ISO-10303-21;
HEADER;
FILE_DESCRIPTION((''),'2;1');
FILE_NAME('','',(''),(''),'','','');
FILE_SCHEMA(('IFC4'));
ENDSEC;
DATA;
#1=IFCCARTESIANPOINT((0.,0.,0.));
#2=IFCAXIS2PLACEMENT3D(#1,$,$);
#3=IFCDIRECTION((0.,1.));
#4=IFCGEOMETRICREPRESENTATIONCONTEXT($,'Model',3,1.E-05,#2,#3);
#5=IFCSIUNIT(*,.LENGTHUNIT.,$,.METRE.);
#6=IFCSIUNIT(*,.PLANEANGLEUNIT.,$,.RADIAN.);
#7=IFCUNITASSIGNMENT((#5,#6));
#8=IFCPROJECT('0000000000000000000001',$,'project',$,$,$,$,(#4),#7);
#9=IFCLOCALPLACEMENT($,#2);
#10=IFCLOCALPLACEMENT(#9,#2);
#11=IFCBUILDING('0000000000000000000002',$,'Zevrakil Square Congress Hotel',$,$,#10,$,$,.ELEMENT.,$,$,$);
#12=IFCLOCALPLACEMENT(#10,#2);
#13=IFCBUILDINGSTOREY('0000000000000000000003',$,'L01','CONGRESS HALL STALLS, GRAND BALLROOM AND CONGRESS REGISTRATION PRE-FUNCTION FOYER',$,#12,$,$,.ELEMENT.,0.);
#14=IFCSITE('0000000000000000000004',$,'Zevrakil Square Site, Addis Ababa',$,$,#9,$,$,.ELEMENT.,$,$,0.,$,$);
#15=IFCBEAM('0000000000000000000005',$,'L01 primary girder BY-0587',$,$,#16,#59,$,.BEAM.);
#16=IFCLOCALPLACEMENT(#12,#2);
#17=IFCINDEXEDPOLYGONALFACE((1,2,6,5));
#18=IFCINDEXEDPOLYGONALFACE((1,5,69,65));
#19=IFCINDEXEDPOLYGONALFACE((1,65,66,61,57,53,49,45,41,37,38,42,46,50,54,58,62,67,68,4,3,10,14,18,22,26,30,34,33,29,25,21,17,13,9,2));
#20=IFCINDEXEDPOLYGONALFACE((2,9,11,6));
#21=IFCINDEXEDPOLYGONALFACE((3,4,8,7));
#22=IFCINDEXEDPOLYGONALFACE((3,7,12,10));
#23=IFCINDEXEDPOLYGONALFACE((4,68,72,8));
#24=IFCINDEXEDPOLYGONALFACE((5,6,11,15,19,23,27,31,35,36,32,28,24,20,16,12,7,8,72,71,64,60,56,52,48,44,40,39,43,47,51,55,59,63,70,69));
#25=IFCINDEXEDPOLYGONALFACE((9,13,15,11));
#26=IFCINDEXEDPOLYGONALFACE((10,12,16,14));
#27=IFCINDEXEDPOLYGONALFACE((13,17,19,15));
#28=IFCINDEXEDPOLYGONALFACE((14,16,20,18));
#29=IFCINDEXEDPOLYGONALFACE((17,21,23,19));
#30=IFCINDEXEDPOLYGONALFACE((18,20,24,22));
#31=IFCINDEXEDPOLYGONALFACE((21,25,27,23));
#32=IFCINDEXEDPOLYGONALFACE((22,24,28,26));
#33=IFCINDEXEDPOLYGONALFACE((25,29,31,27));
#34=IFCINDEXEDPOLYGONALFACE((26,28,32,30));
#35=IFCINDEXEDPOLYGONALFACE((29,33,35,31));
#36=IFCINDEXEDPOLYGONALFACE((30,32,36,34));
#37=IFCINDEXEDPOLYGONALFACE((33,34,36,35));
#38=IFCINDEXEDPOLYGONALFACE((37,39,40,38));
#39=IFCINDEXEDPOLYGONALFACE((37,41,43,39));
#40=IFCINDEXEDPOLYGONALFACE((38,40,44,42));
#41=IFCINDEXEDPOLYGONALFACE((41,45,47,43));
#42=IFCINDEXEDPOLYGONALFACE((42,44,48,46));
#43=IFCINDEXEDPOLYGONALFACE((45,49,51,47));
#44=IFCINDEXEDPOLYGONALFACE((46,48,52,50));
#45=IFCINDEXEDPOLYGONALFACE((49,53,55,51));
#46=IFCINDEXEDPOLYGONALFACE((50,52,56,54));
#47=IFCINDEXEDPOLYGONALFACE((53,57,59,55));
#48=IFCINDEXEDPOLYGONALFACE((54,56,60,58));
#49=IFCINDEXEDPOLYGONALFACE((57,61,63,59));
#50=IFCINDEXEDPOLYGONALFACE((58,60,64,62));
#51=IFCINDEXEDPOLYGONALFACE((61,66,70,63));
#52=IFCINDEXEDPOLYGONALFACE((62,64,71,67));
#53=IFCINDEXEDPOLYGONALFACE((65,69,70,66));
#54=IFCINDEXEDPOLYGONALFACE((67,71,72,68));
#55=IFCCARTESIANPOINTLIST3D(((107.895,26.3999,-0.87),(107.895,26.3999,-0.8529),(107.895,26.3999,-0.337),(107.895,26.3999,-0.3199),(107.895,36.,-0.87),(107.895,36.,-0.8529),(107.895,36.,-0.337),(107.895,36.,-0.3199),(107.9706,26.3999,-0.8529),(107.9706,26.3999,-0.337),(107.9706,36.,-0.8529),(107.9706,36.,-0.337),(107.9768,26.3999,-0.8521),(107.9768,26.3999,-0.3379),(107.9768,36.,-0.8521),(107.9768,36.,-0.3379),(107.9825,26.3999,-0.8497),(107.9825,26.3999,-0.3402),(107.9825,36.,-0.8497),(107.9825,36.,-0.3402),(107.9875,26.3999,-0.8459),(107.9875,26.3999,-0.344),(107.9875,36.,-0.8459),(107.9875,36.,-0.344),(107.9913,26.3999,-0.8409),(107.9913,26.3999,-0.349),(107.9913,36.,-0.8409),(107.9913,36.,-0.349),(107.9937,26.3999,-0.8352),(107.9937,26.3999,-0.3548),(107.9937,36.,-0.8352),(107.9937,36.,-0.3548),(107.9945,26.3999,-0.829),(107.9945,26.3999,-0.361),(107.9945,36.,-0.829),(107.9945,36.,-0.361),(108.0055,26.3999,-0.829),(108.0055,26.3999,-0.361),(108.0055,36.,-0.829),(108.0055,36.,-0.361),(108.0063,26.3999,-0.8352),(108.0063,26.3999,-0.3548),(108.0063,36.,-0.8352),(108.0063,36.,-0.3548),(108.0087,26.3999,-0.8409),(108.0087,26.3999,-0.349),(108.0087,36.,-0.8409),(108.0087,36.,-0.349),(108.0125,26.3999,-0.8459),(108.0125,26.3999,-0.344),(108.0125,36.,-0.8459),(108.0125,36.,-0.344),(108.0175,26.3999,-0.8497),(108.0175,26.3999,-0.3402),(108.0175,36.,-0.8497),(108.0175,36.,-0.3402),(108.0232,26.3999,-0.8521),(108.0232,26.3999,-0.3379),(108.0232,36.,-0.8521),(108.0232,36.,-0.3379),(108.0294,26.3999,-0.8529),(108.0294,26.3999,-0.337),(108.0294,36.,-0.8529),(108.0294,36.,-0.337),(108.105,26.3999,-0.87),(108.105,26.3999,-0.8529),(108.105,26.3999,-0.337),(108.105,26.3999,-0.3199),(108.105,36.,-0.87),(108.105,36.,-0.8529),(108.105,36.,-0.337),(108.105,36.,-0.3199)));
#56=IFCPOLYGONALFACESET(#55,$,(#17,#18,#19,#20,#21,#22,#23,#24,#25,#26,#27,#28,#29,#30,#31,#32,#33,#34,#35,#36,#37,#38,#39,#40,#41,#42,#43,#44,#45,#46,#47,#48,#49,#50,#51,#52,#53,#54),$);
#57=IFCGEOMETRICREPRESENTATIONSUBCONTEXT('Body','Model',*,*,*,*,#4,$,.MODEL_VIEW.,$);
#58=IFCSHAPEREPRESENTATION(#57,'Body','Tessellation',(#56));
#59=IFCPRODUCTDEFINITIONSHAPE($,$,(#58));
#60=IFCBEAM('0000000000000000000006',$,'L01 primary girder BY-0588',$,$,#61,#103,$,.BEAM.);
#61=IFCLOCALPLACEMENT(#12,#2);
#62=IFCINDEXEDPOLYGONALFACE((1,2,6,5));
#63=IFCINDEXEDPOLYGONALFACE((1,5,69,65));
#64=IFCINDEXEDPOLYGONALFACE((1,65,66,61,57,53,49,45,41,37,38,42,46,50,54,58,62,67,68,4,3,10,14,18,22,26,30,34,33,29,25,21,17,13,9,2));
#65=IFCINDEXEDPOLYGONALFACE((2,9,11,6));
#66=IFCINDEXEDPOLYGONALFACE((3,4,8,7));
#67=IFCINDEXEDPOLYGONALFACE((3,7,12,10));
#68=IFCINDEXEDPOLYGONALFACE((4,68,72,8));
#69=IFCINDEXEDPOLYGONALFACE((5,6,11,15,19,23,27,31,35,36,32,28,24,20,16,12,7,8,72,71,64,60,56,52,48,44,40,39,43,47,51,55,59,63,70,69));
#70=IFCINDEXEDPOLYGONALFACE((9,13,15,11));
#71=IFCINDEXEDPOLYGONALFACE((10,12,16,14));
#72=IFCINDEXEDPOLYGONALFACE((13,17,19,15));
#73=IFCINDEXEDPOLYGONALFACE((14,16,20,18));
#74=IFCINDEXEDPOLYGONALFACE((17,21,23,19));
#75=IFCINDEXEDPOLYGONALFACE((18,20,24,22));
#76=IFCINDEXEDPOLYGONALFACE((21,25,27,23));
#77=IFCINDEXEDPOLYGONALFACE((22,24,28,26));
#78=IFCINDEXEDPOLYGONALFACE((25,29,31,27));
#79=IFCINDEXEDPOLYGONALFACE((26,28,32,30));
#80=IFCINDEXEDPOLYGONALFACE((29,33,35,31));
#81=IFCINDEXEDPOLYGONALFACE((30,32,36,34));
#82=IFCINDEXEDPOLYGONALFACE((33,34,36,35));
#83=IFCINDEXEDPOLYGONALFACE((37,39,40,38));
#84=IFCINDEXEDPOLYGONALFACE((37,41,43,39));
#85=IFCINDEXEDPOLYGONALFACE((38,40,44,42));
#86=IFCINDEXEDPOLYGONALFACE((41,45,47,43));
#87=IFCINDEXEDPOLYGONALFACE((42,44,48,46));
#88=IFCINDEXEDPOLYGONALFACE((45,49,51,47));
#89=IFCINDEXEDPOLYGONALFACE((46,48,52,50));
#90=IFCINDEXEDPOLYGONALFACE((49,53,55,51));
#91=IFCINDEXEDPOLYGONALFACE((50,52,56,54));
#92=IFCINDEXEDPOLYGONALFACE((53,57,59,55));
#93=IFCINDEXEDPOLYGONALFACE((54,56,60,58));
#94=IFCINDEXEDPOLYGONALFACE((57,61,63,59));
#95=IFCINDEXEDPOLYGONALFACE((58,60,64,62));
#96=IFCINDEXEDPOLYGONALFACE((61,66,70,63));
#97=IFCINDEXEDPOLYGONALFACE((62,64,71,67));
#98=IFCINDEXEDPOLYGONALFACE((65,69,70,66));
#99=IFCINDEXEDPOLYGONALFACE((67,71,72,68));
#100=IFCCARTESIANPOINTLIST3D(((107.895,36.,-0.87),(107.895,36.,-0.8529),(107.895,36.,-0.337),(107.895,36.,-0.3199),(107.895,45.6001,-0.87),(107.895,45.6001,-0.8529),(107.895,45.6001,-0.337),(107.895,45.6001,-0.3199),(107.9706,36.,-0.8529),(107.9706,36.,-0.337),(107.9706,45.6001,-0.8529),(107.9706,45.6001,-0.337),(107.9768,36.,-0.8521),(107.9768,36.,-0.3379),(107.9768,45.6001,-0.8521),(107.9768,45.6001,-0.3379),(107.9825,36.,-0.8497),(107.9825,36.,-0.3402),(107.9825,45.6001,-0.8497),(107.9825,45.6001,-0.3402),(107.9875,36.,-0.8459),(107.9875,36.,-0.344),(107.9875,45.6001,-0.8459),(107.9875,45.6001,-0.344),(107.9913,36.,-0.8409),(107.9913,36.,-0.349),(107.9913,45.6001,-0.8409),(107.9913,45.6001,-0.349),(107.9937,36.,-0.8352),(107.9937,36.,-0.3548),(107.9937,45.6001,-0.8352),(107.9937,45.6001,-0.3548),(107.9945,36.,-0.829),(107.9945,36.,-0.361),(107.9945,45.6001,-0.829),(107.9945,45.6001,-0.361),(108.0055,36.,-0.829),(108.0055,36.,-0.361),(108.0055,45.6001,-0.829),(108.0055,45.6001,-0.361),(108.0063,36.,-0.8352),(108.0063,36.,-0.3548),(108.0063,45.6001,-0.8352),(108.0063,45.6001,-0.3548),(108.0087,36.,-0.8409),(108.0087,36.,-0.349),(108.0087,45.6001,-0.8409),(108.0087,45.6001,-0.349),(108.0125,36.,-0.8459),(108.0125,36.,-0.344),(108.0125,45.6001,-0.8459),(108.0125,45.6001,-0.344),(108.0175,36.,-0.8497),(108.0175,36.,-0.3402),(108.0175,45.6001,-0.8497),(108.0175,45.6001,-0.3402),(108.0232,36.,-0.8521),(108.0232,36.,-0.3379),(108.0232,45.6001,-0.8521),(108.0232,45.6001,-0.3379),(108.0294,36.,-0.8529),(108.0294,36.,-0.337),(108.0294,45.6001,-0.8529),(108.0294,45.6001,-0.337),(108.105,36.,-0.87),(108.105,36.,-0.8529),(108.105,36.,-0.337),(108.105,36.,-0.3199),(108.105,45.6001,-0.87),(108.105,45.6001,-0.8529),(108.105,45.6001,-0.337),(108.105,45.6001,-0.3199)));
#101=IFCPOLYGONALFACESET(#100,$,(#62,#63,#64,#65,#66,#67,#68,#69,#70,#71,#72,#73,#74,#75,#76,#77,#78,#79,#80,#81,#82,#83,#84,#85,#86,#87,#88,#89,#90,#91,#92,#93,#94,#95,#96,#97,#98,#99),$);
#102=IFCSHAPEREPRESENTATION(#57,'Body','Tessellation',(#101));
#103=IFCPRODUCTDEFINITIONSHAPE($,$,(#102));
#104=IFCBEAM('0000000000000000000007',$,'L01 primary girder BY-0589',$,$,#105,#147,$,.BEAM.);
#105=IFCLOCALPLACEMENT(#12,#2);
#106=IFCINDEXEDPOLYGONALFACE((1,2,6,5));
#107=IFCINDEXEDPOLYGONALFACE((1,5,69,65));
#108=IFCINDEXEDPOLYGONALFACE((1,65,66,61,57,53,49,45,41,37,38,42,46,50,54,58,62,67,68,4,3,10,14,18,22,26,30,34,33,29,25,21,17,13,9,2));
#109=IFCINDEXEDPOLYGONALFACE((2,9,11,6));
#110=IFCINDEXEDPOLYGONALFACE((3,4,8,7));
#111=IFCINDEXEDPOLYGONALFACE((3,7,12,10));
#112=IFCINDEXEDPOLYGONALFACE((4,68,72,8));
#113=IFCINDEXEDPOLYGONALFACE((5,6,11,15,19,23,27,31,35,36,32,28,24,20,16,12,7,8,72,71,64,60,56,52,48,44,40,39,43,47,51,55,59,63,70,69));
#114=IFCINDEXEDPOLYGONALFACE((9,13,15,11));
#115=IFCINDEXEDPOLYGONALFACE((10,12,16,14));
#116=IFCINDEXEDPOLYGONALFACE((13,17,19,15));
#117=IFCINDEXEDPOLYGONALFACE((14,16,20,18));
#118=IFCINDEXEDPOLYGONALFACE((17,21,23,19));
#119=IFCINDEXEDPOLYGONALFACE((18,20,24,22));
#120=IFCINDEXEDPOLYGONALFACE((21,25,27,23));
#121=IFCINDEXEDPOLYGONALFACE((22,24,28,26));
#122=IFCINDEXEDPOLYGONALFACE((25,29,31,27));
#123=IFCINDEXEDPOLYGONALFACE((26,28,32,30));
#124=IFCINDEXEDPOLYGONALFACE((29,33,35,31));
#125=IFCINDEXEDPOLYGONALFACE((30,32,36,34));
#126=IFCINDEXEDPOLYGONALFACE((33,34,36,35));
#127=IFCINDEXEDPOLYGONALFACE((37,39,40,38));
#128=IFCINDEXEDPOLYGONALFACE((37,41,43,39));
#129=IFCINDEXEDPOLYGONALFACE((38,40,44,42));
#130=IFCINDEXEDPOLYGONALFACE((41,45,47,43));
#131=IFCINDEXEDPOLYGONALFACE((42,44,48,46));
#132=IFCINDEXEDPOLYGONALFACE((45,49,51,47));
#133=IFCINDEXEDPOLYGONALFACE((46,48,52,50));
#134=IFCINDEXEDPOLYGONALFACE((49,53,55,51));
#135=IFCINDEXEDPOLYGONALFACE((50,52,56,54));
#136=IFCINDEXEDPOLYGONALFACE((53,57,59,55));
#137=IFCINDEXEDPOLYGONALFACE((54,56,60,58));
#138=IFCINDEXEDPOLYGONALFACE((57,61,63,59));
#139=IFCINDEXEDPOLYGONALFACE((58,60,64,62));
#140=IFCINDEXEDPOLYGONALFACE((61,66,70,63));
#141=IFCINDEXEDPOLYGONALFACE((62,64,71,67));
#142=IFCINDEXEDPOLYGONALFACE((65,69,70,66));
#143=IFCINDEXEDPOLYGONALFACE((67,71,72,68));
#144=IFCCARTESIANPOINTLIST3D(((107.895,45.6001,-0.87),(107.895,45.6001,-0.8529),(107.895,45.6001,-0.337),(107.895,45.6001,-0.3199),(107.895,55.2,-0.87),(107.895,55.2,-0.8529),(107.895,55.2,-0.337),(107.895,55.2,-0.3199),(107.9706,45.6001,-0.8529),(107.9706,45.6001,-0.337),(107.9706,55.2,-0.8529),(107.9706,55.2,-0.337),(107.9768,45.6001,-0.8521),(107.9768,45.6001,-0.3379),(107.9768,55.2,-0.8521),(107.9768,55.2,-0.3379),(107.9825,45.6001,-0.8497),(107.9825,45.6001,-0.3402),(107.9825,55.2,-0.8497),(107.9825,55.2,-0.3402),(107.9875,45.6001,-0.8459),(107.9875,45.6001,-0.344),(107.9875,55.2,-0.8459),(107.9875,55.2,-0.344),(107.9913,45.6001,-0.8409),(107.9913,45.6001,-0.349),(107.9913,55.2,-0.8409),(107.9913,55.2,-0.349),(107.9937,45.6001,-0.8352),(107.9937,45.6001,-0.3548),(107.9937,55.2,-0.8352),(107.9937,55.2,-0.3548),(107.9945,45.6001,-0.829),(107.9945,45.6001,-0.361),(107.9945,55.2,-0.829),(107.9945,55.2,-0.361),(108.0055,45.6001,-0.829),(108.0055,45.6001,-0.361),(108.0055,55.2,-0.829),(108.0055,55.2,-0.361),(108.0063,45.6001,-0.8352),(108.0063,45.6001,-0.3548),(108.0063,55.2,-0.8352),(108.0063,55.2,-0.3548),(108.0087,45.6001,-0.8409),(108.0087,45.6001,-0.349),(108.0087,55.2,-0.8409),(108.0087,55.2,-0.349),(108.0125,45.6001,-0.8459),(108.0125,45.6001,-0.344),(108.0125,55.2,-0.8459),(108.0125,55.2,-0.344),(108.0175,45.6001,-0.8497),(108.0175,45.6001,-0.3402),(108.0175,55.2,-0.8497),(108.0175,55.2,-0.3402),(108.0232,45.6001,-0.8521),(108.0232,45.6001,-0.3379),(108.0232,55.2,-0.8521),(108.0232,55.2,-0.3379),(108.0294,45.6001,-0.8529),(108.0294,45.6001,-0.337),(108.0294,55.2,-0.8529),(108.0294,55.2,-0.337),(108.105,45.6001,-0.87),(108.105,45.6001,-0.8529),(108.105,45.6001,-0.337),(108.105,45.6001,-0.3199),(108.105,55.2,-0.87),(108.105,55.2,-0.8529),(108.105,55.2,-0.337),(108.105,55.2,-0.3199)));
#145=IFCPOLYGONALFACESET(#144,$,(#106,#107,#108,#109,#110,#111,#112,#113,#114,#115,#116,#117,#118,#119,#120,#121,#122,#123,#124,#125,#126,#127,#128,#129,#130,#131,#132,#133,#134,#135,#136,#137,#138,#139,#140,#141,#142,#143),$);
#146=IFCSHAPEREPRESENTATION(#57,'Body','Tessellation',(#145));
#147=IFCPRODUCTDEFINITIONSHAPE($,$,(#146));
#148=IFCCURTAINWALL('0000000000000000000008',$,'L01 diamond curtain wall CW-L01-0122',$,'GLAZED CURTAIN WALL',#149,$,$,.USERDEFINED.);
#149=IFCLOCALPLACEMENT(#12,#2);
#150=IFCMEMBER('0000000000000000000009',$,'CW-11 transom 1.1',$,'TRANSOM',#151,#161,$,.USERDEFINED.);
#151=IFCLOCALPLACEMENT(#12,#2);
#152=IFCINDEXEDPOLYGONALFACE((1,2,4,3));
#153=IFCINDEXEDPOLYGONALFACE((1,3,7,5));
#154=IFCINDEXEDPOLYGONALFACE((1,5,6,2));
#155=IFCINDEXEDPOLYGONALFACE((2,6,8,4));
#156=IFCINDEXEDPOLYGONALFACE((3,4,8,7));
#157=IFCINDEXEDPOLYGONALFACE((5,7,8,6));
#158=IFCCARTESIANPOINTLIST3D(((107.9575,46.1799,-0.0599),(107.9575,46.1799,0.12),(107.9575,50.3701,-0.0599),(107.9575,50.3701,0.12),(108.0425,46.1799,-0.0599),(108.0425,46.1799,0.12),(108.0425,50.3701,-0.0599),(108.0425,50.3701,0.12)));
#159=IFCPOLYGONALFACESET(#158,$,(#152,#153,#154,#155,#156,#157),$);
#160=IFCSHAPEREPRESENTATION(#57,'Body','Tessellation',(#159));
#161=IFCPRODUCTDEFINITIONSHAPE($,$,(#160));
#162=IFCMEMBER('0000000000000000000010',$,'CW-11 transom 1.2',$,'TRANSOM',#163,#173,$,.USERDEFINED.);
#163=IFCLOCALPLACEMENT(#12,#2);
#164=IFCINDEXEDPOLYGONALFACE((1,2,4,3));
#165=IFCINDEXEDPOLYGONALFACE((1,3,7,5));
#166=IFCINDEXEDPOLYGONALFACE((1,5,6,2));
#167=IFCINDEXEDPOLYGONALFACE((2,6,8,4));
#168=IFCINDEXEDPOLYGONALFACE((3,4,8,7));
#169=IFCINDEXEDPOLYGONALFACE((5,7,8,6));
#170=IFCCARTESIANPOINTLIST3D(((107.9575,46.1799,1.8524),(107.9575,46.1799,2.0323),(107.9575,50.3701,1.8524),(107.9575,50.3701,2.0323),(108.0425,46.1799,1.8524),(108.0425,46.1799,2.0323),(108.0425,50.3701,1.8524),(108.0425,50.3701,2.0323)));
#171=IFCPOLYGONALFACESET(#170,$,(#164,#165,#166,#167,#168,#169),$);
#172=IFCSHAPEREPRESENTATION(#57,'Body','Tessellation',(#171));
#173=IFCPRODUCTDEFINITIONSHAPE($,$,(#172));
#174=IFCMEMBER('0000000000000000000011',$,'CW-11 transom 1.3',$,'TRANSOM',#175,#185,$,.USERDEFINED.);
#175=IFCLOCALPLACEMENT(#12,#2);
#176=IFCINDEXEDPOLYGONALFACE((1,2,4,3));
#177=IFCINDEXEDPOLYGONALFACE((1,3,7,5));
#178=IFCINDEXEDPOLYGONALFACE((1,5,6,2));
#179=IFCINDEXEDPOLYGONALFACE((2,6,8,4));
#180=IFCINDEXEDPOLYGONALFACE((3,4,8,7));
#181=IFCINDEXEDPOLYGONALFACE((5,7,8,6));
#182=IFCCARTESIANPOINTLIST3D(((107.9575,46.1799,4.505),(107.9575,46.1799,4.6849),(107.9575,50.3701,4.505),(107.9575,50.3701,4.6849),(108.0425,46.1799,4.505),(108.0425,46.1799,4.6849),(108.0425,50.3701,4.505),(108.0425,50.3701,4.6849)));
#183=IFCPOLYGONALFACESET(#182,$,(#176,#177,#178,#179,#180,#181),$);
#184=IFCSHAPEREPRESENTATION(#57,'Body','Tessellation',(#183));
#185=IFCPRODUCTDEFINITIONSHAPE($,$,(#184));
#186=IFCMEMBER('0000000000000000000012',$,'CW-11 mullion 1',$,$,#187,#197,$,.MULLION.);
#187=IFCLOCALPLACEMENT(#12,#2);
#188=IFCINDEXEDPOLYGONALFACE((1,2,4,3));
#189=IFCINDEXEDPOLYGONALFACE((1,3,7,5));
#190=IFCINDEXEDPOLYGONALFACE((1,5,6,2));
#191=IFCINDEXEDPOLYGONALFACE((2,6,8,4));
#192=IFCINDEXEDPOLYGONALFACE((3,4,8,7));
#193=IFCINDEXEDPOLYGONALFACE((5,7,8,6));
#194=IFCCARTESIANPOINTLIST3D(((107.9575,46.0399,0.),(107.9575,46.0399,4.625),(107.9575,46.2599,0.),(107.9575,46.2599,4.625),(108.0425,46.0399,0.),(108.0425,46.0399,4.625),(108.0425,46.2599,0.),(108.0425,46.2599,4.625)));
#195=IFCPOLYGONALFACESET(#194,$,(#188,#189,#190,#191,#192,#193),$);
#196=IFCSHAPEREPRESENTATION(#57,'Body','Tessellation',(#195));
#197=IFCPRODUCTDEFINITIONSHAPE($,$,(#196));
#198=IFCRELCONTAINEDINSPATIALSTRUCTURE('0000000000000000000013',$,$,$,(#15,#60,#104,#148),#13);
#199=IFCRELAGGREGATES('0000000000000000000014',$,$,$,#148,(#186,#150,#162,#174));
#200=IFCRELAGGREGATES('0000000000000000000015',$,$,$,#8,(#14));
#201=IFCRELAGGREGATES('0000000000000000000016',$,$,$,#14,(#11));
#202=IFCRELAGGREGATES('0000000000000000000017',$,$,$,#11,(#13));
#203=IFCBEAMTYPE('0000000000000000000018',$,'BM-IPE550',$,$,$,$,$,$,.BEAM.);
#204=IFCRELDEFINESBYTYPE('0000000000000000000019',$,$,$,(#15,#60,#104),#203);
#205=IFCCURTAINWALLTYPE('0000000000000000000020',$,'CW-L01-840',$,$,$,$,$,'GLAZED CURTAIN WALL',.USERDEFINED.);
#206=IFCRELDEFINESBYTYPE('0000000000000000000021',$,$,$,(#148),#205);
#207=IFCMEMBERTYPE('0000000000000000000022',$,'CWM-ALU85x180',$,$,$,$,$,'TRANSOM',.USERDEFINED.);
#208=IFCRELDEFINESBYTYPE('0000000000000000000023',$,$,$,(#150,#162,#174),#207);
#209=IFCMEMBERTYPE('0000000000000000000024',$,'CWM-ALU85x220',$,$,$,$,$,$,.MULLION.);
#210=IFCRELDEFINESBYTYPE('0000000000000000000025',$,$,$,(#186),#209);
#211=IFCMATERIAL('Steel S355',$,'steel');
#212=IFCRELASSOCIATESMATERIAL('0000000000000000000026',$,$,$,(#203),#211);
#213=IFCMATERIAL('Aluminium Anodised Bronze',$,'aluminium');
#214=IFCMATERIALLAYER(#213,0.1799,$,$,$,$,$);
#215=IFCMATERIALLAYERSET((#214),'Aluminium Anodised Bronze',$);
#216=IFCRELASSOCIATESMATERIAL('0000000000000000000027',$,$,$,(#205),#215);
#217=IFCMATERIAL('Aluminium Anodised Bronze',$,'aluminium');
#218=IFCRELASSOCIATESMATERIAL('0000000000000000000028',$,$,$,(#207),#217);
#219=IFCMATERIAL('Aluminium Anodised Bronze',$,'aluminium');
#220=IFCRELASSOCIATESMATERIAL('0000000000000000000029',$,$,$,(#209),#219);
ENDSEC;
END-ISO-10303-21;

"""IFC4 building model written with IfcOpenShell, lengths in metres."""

from ifc_helpers import new_model, si_unit, direction, frame, origin, origin_2d, place, context, subcontext, project, spatial, rectangle, i_section, extrude, material, layer, layer_set, material_profile, profile_set, type_object, element, aggregate, save


model = new_model("IFC4")

# Units and contexts
model_context = context("Model", 3, precision=1e-05, world=origin(), true_north=direction((0.0, 1.0)))
body_context = subcontext(model_context, "Body", "Model", "MODEL_VIEW")
ifc_project = project(units=[si_unit("LENGTHUNIT", "METRE"), si_unit("PLANEANGLEUNIT", "RADIAN")], contexts=[model_context])

# Site, building, storey
site_placement = place(None, origin())
site = spatial("IfcSite", under=ifc_project, at=site_placement, Name="Zevrakil Square Site, Addis Ababa", CompositionType="ELEMENT", RefElevation=0.0)
building_placement = place(site_placement, origin())
building = spatial("IfcBuilding", under=site, at=building_placement, Name="Zevrakil Square Congress Hotel", CompositionType="ELEMENT")
storey_placement = place(building_placement, origin())
storey = spatial("IfcBuildingStorey", under=building, at=storey_placement, Name="L01", Description="CONGRESS HALL STALLS, GRAND BALLROOM AND CONGRESS REGISTRATION PRE-FUNCTION FOYER", CompositionType="ELEMENT", Elevation=0.0)

# Beams
ifc_material_1 = material(Name="Steel S355", Category="steel")
ifc_material_profile_1 = material_profile(ifc_material_1, i_section(OverallWidth=0.21, OverallDepth=0.55, WebThickness=0.011, FlangeThickness=0.0171, FilletRadius=0.0239, at=origin_2d()), Name="IPE 550")
ifc_profile_set_1 = profile_set([ifc_material_profile_1], Name="Steel S355")
beam_type_1 = type_object("IfcBeamType", Name="BM-IPE550", PredefinedType="BEAM", material=ifc_profile_set_1)
for number, where, z_axis, x_axis, name in (
    (1, (108.0, 26.3999, -0.595), (0.0, 1.0, 0.0), (-1.0, 0.0, 0.0), "L01 primary girder BY-0587"),
    (2, (108.0, 36.0, -0.595), (0.0, 1.0, 0.0), (-1.0, 0.0, 0.0), "L01 primary girder BY-0588"),
):
    element("IfcBeam", number, at=place(storey_placement, frame(where, z_axis=z_axis, x_axis=x_axis)), inside=storey, type_object=beam_type_1, Name=name, PredefinedType="BEAM", context=body_context, shape_type="SweptSolid", body=[
        extrude(i_section(OverallWidth=0.21, OverallDepth=0.55, WebThickness=0.011, FlangeThickness=0.0171, FilletRadius=0.0239, at=origin_2d()), origin(), (0.0, 0.0, 1.0), 9.6001),
    ])
beam_1_placement = place(storey_placement, frame((108.0, 45.6001, -0.595), z_axis=(0.0, 1.0, 0.0), x_axis=(-1.0, 0.0, 0.0)))
element("IfcBeam", 3, at=beam_1_placement, inside=storey, type_object=beam_type_1, Name="L01 primary girder BY-0589", PredefinedType="BEAM", context=body_context, shape_type="SweptSolid", body=[
    extrude(i_section(OverallWidth=0.21, OverallDepth=0.55, WebThickness=0.011, FlangeThickness=0.0171, FilletRadius=0.0239, at=origin_2d()), origin(), (0.0, 0.0, 1.0), 9.5999),
])

# Curtain wall, members
ifc_material_2 = material(Name="Aluminium Anodised Bronze", Category="aluminium")
ifc_layer_1 = layer(ifc_material_2, 0.1799)
ifc_layer_set_1 = layer_set([ifc_layer_1], Name="Aluminium Anodised Bronze")
curtain_wall_type = type_object("IfcCurtainWallType", Name="CW-L01-840", ElementType="GLAZED CURTAIN WALL", PredefinedType="USERDEFINED", material=ifc_layer_set_1)
curtain_wall_placement = place(storey_placement, origin())
curtain_wall = element("IfcCurtainWall", 4, at=curtain_wall_placement, inside=storey, type_object=curtain_wall_type, Name="L01 diamond curtain wall CW-L01-0122", ObjectType="GLAZED CURTAIN WALL", PredefinedType="USERDEFINED")
ifc_material_3 = material(Name="Aluminium Anodised Bronze", Category="aluminium")
ifc_material_profile_2 = material_profile(ifc_material_3, rectangle(XDim=0.085, YDim=0.1799, at=origin_2d()), Name="ALU 85x180")
ifc_profile_set_2 = profile_set([ifc_material_profile_2], Name="Aluminium Anodised Bronze")
member_type_1 = type_object("IfcMemberType", Name="CWM-ALU85x180", ElementType="TRANSOM", PredefinedType="USERDEFINED", material=ifc_profile_set_2)
member_1_placement = place(storey_placement, frame((108.0, 46.1799, 0.03), z_axis=(0.0, 1.0, 0.0), x_axis=(-1.0, 0.0, 0.0)))
member_1 = element("IfcMember", 5, at=member_1_placement, type_object=member_type_1, Name="CW-11 transom 1.1", ObjectType="TRANSOM", PredefinedType="USERDEFINED", context=body_context, shape_type="SweptSolid", body=[
    extrude(rectangle(XDim=0.085, YDim=0.1799, at=origin_2d()), origin(), (0.0, 0.0, 1.0), 4.1902),
])
member_2_placement = place(storey_placement, frame((108.0, 46.1799, 1.9424), z_axis=(0.0, 1.0, 0.0), x_axis=(-1.0, 0.0, 0.0)))
member_2 = element("IfcMember", 6, at=member_2_placement, type_object=member_type_1, Name="CW-11 transom 1.2", ObjectType="TRANSOM", PredefinedType="USERDEFINED", context=body_context, shape_type="SweptSolid", body=[
    extrude(rectangle(XDim=0.085, YDim=0.1799, at=origin_2d()), origin(), (0.0, 0.0, 1.0), 4.1902),
])
member_3_placement = place(storey_placement, frame((108.0, 46.1799, 4.595), z_axis=(0.0, 1.0, 0.0), x_axis=(-1.0, 0.0, 0.0)))
member_3 = element("IfcMember", 7, at=member_3_placement, type_object=member_type_1, Name="CW-11 transom 1.3", ObjectType="TRANSOM", PredefinedType="USERDEFINED", context=body_context, shape_type="SweptSolid", body=[
    extrude(rectangle(XDim=0.085, YDim=0.1799, at=origin_2d()), origin(), (0.0, 0.0, 1.0), 4.1902),
])
ifc_material_4 = material(Name="Aluminium Anodised Bronze", Category="aluminium")
ifc_material_profile_3 = material_profile(ifc_material_4, rectangle(XDim=0.085, YDim=0.22, at=origin_2d()), Name="ALU 85x220")
ifc_profile_set_3 = profile_set([ifc_material_profile_3], Name="Aluminium Anodised Bronze")
member_type_2 = type_object("IfcMemberType", Name="CWM-ALU85x220", PredefinedType="MULLION", material=ifc_profile_set_3)
member_4_placement = place(storey_placement, frame((108.0, 46.1499, 0.0), z_axis=(0.0, 0.0, 1.0), x_axis=(-1.0, 0.0, 0.0)))
member_4 = element("IfcMember", 8, at=member_4_placement, type_object=member_type_2, Name="CW-11 mullion 1", PredefinedType="MULLION", context=body_context, shape_type="SweptSolid", body=[
    extrude(rectangle(XDim=0.085, YDim=0.22, at=origin_2d()), origin(), (0.0, 0.0, 1.0), 4.625),
])
aggregate(curtain_wall, [member_4, member_1, member_2, member_3])

save(model, "model.ifc")
